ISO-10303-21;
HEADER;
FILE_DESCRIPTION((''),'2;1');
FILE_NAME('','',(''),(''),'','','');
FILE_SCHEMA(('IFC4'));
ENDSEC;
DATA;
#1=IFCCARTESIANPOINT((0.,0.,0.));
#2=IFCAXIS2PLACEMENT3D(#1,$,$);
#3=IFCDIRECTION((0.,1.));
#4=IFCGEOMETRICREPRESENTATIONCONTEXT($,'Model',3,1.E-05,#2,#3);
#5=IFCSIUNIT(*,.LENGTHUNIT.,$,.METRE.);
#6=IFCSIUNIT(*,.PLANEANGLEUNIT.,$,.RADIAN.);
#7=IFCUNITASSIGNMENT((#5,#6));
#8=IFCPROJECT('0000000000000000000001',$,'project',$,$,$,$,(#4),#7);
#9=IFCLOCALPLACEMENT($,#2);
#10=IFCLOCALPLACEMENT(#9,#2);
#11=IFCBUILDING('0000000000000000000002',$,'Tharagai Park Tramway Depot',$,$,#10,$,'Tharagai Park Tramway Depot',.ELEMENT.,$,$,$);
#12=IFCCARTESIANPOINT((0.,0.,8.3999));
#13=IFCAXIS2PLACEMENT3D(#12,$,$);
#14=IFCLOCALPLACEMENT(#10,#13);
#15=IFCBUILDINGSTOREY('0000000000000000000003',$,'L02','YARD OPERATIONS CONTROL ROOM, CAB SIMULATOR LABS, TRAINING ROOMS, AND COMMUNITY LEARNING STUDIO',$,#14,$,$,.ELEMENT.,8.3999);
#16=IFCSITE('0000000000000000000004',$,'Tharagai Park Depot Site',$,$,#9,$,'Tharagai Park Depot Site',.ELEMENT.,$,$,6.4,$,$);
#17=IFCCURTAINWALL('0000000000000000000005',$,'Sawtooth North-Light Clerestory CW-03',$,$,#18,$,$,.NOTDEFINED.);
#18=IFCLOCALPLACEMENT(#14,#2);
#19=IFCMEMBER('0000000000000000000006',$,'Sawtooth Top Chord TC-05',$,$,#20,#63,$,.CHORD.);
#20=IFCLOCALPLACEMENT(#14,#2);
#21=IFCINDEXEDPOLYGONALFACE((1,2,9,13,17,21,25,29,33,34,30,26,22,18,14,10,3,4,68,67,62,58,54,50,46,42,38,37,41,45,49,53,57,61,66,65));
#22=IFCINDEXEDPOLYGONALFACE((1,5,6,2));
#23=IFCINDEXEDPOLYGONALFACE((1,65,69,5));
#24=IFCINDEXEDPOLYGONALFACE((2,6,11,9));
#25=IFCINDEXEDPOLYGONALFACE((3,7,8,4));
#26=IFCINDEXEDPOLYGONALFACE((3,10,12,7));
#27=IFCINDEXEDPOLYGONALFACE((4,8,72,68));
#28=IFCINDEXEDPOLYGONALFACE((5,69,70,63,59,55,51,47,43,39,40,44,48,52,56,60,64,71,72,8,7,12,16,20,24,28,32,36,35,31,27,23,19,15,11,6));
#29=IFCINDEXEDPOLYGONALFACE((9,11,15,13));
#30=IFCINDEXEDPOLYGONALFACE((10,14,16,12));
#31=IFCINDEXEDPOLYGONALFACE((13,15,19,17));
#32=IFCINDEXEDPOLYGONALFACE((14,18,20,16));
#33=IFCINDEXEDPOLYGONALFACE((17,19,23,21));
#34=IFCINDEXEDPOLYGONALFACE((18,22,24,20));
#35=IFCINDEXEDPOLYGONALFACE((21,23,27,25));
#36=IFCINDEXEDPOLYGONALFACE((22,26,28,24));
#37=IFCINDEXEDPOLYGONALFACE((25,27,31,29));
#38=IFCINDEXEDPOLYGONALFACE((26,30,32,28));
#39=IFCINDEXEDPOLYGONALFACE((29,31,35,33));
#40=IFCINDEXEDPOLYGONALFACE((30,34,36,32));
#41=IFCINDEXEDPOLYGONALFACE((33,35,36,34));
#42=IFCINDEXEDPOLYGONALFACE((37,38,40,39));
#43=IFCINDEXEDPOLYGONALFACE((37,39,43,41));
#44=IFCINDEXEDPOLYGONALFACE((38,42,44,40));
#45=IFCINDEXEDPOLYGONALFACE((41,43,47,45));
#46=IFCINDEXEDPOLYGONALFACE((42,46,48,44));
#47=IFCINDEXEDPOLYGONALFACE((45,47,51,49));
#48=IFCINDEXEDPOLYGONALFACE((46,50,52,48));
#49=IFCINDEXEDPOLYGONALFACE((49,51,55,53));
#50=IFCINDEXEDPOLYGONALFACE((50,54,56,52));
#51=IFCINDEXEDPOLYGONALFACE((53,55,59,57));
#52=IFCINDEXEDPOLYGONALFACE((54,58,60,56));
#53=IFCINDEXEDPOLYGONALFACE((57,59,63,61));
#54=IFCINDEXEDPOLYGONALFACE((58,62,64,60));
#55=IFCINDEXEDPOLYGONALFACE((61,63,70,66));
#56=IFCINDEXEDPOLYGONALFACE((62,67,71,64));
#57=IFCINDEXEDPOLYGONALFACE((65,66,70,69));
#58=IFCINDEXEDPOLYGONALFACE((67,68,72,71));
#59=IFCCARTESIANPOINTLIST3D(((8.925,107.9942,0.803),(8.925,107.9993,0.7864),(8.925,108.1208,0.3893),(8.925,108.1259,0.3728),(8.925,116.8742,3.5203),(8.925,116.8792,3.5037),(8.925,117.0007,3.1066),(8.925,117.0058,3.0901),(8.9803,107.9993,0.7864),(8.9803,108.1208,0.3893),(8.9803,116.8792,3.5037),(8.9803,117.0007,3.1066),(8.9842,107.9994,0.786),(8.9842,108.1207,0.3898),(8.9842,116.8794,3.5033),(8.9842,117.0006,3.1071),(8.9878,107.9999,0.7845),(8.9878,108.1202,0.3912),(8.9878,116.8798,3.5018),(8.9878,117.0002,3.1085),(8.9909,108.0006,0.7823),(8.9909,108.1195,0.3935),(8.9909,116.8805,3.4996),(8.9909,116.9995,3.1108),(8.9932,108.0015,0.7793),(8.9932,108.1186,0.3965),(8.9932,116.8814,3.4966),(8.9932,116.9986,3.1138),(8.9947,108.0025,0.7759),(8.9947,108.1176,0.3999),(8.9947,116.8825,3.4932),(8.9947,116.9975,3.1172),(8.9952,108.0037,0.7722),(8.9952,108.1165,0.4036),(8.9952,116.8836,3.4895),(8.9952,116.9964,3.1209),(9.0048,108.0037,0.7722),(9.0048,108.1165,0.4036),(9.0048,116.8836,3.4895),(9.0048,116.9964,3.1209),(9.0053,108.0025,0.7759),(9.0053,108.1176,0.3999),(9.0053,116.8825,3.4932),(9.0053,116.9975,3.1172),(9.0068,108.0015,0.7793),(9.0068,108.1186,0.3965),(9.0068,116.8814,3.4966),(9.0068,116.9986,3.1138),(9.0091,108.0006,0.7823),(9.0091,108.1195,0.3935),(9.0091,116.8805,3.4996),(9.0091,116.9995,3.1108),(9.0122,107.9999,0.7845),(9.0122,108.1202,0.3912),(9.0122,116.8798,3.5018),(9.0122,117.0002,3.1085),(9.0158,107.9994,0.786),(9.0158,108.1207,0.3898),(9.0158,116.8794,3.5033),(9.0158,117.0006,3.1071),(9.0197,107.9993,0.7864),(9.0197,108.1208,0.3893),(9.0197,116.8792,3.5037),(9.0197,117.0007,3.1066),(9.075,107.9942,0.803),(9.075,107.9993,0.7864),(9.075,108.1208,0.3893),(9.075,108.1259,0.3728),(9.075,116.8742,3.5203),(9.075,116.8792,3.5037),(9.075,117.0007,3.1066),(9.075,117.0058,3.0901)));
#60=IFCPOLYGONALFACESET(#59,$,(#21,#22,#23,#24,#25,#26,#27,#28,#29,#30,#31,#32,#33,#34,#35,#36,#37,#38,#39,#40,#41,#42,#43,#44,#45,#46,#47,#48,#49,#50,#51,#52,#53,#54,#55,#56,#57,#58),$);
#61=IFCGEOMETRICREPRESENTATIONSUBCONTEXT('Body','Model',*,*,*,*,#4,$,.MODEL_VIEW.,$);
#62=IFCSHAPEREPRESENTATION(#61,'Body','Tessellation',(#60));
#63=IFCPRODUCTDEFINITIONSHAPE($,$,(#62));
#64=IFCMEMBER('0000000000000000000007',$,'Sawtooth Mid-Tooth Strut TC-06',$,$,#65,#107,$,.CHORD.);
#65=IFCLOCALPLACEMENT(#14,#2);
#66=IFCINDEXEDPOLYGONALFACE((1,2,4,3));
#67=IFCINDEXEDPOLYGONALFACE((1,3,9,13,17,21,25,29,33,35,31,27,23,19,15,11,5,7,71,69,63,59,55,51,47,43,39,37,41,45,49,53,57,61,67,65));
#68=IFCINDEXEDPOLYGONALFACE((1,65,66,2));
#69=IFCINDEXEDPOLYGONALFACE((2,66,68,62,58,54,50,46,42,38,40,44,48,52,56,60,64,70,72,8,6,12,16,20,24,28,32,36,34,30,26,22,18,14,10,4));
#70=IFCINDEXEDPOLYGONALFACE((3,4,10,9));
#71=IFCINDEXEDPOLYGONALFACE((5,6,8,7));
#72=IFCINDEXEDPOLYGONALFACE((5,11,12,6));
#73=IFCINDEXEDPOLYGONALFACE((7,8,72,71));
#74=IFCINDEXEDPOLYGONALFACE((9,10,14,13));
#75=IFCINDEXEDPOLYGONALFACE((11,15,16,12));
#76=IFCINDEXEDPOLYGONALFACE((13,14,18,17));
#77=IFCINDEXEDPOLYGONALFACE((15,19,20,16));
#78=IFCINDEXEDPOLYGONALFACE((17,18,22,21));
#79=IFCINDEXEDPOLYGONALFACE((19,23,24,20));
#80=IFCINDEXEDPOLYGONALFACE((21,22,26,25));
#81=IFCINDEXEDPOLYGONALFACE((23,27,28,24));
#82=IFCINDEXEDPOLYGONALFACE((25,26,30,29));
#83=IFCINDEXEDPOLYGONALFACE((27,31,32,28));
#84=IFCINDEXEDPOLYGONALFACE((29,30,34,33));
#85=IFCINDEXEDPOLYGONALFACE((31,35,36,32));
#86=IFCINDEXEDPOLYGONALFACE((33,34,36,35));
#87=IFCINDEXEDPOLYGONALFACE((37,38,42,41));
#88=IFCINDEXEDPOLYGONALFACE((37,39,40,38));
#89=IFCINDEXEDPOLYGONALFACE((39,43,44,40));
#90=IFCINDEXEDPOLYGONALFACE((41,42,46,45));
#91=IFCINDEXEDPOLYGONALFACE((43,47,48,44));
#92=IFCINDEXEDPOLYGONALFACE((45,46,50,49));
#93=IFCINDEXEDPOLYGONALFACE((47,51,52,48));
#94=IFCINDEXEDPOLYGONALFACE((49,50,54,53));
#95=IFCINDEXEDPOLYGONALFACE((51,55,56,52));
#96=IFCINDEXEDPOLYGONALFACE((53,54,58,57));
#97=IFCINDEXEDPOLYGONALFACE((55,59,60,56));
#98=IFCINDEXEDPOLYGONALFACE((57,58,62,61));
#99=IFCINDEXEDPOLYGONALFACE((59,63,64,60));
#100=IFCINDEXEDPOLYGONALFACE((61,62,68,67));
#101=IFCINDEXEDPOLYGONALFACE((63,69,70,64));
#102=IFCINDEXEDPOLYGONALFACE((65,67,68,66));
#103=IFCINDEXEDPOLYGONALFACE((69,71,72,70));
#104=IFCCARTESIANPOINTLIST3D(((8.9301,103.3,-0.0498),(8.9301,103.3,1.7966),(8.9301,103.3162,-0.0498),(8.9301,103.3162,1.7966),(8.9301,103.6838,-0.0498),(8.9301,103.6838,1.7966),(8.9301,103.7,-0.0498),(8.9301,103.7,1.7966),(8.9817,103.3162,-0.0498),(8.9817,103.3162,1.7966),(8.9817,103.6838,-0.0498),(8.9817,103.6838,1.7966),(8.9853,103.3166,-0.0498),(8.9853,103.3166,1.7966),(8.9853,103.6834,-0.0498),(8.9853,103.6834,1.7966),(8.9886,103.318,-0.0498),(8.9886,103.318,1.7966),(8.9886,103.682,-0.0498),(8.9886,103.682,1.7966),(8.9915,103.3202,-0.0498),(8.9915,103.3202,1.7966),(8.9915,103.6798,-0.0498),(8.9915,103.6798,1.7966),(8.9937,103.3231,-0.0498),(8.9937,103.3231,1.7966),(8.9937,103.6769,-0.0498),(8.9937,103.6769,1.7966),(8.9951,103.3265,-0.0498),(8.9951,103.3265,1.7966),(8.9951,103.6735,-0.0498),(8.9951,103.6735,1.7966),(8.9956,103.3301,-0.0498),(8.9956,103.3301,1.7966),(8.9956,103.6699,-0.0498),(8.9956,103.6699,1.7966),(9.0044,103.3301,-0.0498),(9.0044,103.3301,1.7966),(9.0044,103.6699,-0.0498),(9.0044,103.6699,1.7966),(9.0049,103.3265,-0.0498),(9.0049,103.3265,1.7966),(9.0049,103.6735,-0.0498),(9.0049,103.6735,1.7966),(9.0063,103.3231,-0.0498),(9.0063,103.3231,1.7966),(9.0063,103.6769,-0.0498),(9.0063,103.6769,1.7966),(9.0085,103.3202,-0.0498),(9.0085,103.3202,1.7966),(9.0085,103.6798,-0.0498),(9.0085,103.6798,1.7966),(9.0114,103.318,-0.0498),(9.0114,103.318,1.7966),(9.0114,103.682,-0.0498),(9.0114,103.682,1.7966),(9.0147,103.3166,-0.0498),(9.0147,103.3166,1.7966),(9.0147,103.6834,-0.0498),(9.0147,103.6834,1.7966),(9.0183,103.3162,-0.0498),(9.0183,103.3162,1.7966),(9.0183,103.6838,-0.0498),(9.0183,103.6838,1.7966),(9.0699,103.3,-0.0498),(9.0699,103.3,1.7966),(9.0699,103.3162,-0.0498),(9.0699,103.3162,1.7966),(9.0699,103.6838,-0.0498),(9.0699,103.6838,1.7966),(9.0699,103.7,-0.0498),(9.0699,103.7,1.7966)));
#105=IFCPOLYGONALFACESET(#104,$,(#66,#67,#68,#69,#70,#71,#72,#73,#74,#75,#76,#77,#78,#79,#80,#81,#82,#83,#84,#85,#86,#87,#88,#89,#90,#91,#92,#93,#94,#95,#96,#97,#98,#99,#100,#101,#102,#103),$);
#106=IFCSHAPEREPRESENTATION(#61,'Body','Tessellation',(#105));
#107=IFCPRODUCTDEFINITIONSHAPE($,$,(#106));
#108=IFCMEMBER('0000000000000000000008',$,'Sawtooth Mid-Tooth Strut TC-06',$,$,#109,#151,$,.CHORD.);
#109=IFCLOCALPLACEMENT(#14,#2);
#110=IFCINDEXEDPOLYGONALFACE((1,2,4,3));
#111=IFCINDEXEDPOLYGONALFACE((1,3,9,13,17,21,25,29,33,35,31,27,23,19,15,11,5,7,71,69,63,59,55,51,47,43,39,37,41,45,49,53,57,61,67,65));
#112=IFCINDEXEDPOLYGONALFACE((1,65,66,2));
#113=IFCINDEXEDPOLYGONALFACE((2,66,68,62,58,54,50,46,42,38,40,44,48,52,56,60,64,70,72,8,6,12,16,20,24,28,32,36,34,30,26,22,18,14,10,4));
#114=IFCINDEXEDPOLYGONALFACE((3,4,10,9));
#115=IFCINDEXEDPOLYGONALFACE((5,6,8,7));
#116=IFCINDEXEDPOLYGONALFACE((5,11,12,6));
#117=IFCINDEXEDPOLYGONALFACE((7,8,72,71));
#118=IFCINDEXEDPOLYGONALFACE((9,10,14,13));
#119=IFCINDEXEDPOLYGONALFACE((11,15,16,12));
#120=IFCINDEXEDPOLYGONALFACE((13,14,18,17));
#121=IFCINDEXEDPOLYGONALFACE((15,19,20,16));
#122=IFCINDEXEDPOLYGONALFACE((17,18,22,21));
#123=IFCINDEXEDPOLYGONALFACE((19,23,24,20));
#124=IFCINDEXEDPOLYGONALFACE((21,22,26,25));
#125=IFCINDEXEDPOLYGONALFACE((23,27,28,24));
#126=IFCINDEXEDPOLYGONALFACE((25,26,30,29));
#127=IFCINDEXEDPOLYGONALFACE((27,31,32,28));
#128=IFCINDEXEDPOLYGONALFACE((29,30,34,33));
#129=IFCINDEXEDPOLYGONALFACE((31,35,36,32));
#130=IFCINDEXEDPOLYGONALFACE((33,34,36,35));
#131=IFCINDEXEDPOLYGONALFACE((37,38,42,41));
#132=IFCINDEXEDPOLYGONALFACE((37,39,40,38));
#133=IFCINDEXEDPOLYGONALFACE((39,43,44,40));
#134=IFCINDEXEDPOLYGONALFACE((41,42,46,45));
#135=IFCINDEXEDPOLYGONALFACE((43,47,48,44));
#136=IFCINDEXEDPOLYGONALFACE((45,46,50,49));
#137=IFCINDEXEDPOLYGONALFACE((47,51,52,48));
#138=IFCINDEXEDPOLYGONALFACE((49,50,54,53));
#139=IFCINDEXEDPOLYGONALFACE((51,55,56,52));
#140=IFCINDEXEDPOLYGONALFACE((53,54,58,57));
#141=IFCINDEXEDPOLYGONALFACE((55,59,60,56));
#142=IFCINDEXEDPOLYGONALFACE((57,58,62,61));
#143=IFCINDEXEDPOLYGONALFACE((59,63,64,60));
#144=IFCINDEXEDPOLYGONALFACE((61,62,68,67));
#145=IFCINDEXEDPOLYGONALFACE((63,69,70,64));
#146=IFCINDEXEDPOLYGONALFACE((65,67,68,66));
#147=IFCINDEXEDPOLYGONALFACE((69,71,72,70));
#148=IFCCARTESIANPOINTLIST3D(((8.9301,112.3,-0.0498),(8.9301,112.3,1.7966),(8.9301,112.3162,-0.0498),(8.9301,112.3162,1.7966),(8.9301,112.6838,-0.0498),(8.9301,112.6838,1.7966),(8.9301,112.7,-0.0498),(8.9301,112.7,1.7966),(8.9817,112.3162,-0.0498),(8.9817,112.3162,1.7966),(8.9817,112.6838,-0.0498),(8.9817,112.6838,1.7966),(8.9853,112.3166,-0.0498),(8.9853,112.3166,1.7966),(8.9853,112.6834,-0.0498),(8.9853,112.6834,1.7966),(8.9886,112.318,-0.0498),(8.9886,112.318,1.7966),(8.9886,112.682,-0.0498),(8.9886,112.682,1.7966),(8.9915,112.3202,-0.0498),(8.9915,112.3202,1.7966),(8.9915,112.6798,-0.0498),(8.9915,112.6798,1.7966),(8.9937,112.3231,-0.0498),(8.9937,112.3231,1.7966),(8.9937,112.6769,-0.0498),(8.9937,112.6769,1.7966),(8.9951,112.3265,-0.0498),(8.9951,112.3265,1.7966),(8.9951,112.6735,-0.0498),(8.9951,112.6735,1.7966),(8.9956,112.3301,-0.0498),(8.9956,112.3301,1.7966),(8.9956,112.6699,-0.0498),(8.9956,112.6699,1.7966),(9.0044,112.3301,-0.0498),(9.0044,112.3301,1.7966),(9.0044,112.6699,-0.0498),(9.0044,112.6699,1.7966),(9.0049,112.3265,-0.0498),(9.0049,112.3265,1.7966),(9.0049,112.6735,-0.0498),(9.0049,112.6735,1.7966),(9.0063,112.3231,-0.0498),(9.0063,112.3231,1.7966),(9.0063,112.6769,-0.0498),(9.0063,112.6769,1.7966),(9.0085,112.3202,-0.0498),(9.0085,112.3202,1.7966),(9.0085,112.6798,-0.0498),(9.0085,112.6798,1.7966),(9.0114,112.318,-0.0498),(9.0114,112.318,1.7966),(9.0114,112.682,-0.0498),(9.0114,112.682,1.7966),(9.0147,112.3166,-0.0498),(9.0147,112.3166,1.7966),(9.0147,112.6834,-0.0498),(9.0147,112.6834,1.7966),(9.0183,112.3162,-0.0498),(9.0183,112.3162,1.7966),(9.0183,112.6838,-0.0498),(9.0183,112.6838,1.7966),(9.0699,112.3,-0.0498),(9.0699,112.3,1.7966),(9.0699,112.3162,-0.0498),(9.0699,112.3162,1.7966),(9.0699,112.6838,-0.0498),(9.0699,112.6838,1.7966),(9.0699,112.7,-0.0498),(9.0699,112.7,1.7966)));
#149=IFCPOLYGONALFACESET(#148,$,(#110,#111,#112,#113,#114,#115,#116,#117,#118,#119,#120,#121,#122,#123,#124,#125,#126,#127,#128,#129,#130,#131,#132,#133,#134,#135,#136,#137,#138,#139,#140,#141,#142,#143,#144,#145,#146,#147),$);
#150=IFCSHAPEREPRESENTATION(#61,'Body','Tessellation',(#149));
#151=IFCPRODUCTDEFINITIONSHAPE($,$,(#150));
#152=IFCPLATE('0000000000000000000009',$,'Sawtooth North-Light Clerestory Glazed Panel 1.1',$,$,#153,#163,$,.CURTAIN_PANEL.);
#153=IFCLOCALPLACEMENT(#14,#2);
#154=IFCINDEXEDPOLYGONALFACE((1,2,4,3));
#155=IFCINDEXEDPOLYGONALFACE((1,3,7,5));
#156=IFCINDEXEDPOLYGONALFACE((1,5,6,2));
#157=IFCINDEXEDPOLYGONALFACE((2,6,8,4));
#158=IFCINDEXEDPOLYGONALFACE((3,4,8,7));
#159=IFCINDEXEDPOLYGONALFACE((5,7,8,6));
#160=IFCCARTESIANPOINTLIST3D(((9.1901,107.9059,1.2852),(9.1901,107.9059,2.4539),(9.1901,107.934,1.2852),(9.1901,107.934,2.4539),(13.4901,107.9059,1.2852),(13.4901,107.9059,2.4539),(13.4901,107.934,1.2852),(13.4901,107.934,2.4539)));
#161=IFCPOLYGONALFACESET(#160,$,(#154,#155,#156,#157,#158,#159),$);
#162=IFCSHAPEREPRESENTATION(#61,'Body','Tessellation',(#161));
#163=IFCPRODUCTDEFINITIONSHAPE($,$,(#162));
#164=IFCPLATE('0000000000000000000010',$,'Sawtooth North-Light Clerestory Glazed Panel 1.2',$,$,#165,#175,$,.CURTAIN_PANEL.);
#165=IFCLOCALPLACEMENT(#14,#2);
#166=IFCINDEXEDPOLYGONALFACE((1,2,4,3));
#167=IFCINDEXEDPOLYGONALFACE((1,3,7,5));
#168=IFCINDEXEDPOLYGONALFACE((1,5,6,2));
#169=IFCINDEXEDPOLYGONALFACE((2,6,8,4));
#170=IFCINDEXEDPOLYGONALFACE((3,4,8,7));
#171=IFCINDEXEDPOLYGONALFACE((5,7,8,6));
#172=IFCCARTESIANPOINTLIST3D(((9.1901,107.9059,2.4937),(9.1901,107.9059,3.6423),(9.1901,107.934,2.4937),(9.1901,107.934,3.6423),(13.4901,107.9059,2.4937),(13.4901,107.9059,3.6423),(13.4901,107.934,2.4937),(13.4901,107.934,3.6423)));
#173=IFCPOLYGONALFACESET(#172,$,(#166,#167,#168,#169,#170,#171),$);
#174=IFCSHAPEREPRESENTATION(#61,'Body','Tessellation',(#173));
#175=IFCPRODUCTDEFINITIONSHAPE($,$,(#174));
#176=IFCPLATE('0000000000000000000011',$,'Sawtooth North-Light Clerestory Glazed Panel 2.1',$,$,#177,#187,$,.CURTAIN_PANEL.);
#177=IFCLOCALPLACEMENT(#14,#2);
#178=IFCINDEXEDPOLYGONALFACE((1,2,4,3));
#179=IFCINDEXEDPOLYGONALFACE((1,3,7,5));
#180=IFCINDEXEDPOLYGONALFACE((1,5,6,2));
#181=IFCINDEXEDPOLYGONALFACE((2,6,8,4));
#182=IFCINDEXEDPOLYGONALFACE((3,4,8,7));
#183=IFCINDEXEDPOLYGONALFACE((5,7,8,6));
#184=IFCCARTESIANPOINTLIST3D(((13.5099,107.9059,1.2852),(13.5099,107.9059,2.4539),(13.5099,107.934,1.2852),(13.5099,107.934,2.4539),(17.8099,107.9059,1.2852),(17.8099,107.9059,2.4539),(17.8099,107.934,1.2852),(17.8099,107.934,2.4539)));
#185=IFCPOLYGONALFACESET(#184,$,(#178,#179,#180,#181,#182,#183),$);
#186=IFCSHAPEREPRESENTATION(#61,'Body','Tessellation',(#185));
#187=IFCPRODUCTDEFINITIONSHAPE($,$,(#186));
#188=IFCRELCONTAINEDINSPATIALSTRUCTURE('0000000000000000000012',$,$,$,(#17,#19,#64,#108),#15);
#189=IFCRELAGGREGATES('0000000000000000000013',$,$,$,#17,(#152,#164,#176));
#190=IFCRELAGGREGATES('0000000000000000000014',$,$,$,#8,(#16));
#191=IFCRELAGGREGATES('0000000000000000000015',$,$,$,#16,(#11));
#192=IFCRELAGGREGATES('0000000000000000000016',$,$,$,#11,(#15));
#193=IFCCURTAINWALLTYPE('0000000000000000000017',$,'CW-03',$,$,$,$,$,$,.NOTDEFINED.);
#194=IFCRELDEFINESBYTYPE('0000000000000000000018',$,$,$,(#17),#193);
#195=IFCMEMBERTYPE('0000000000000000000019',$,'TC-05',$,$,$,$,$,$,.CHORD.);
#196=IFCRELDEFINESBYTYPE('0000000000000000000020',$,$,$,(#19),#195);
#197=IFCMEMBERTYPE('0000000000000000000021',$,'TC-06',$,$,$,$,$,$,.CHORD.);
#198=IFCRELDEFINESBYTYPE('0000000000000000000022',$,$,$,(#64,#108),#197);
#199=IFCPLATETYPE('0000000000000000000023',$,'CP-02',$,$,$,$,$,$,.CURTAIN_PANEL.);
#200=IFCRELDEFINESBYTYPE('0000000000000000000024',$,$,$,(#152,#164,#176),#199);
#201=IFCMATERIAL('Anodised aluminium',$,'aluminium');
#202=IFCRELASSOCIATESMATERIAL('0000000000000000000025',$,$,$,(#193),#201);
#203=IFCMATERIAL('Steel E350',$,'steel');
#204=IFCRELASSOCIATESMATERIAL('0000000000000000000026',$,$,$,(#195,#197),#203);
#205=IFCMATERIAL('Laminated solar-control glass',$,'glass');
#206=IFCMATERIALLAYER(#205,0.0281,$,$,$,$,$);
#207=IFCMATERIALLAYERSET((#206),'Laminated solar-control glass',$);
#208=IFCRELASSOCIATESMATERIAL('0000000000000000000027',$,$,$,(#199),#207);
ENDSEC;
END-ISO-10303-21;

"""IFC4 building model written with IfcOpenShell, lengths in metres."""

from ifc_helpers import new_model, si_unit, direction, frame, origin, origin_2d, place, context, subcontext, project, spatial, rectangle, i_section, extrude, material, layer, layer_set, material_profile, profile_set, type_object, element, aggregate, save


model = new_model("IFC4")

# Units and contexts
model_context = context("Model", 3, precision=1e-05, world=origin(), true_north=direction((0.0, 1.0)))
body_context = subcontext(model_context, "Body", "Model", "MODEL_VIEW")
ifc_project = project(units=[si_unit("LENGTHUNIT", "METRE"), si_unit("PLANEANGLEUNIT", "RADIAN")], contexts=[model_context])

# Site, building, storey
site_placement = place(None, origin())
site = spatial("IfcSite", under=ifc_project, at=site_placement, Name="Tharagai Park Depot Site", LongName="Tharagai Park Depot Site", CompositionType="ELEMENT", RefElevation=6.4)
building_placement = place(site_placement, origin())
building = spatial("IfcBuilding", under=site, at=building_placement, Name="Tharagai Park Tramway Depot", LongName="Tharagai Park Tramway Depot", CompositionType="ELEMENT")
storey_placement = place(building_placement, frame((0.0, 0.0, 8.3999)))
storey = spatial("IfcBuildingStorey", under=building, at=storey_placement, Name="L02", Description="YARD OPERATIONS CONTROL ROOM, CAB SIMULATOR LABS, TRAINING ROOMS, AND COMMUNITY LEARNING STUDIO", CompositionType="ELEMENT", Elevation=8.3999)

# Shared definitions
ifc_material_1 = material(Name="Steel E350", Category="steel")

# Curtain wall
ifc_material_2 = material(Name="Anodised aluminium", Category="aluminium")
curtain_wall_type = type_object("IfcCurtainWallType", Name="CW-03", PredefinedType="NOTDEFINED", material=ifc_material_2)
curtain_wall_1_placement = place(storey_placement, origin())
curtain_wall_1 = element("IfcCurtainWall", 1, at=curtain_wall_1_placement, inside=storey, type_object=curtain_wall_type, Name="Sawtooth North-Light Clerestory CW-03", PredefinedType="NOTDEFINED")

# Members
ifc_material_profile_1 = material_profile(ifc_material_1, i_section(OverallWidth=0.1499, OverallDepth=0.45, WebThickness=0.0095, FlangeThickness=0.0173, FilletRadius=0.0149, at=origin_2d()), Name="ISMB 450")
ifc_profile_set_1 = profile_set([ifc_material_profile_1], Name="Steel E350")
member_type_1 = type_object("IfcMemberType", Name="TC-05", PredefinedType="CHORD", material=ifc_profile_set_1)
member_1_placement = place(storey_placement, frame((9.0, 108.0601, 0.5879), z_axis=(0.0, 0.956231, 0.292611), x_axis=(-1.0, 0.0, 0.0)))
element("IfcMember", 2, at=member_1_placement, inside=storey, type_object=member_type_1, Name="Sawtooth Top Chord TC-05", PredefinedType="CHORD", context=body_context, shape_type="SweptSolid", body=[
    extrude(i_section(OverallWidth=0.1499, OverallDepth=0.45, WebThickness=0.0095, FlangeThickness=0.0173, FilletRadius=0.0149, at=origin_2d()), origin(), (0.0, 0.0, 1.0), 9.2864),
])
ifc_material_profile_2 = material_profile(ifc_material_1, i_section(OverallWidth=0.1399, OverallDepth=0.3999, WebThickness=0.0088, FlangeThickness=0.0161, FilletRadius=0.0139, at=origin_2d()), Name="ISMB 400")
ifc_profile_set_2 = profile_set([ifc_material_profile_2], Name="Steel E350")
member_type_2 = type_object("IfcMemberType", Name="TC-06", PredefinedType="CHORD", material=ifc_profile_set_2)
for number, where, z_axis, x_axis, name in (
    (3, (9.0, 103.5, -0.0498), (0.0, 0.0, 1.0), (1.0, 0.0, 0.0), "Sawtooth Mid-Tooth Strut TC-06"),
    (4, (9.0, 112.5, -0.0498), (0.0, 0.0, 1.0), (1.0, 0.0, 0.0), "Sawtooth Mid-Tooth Strut TC-06"),
):
    element("IfcMember", number, at=place(storey_placement, frame(where, z_axis=z_axis, x_axis=x_axis)), inside=storey, type_object=member_type_2, Name=name, PredefinedType="CHORD", context=body_context, shape_type="SweptSolid", body=[
        extrude(i_section(OverallWidth=0.1399, OverallDepth=0.3999, WebThickness=0.0088, FlangeThickness=0.0161, FilletRadius=0.0139, at=origin_2d()), origin(), (0.0, 0.0, 1.0), 1.8464),
    ])

# Plates
ifc_material_3 = material(Name="Laminated solar-control glass", Category="glass")
ifc_layer_1 = layer(ifc_material_3, 0.0281)
ifc_layer_set_1 = layer_set([ifc_layer_1], Name="Laminated solar-control glass")
plate_type_1 = type_object("IfcPlateType", Name="CP-02", PredefinedType="CURTAIN_PANEL", material=ifc_layer_set_1)
plate_1_placement = place(storey_placement, frame((11.3401, 107.9199, 1.2852), z_axis=(0.0, 0.0, 1.0), x_axis=(1.0, 0.0, 0.0)))
plate_1 = element("IfcPlate", 5, at=plate_1_placement, type_object=plate_type_1, Name="Sawtooth North-Light Clerestory Glazed Panel 1.1", PredefinedType="CURTAIN_PANEL", context=body_context, shape_type="SweptSolid", body=[
    extrude(rectangle(XDim=4.3, YDim=0.0281, at=origin_2d()), origin(), (0.0, 0.0, 1.0), 1.1687),
])
plate_2_placement = place(storey_placement, frame((11.3401, 107.9199, 2.4937), z_axis=(0.0, 0.0, 1.0), x_axis=(1.0, 0.0, 0.0)))
plate_2 = element("IfcPlate", 6, at=plate_2_placement, type_object=plate_type_1, Name="Sawtooth North-Light Clerestory Glazed Panel 1.2", PredefinedType="CURTAIN_PANEL", context=body_context, shape_type="SweptSolid", body=[
    extrude(rectangle(XDim=4.3, YDim=0.0281, at=origin_2d()), origin(), (0.0, 0.0, 1.0), 1.1487),
])
plate_3_placement = place(storey_placement, frame((15.6599, 107.9199, 1.2852), z_axis=(0.0, 0.0, 1.0), x_axis=(1.0, 0.0, 0.0)))
plate_3 = element("IfcPlate", 7, at=plate_3_placement, type_object=plate_type_1, Name="Sawtooth North-Light Clerestory Glazed Panel 2.1", PredefinedType="CURTAIN_PANEL", context=body_context, shape_type="SweptSolid", body=[
    extrude(rectangle(XDim=4.3, YDim=0.0281, at=origin_2d()), origin(), (0.0, 0.0, 1.0), 1.1687),
])
aggregate(curtain_wall_1, [plate_1, plate_2, plate_3])

save(model, "model.ifc")
